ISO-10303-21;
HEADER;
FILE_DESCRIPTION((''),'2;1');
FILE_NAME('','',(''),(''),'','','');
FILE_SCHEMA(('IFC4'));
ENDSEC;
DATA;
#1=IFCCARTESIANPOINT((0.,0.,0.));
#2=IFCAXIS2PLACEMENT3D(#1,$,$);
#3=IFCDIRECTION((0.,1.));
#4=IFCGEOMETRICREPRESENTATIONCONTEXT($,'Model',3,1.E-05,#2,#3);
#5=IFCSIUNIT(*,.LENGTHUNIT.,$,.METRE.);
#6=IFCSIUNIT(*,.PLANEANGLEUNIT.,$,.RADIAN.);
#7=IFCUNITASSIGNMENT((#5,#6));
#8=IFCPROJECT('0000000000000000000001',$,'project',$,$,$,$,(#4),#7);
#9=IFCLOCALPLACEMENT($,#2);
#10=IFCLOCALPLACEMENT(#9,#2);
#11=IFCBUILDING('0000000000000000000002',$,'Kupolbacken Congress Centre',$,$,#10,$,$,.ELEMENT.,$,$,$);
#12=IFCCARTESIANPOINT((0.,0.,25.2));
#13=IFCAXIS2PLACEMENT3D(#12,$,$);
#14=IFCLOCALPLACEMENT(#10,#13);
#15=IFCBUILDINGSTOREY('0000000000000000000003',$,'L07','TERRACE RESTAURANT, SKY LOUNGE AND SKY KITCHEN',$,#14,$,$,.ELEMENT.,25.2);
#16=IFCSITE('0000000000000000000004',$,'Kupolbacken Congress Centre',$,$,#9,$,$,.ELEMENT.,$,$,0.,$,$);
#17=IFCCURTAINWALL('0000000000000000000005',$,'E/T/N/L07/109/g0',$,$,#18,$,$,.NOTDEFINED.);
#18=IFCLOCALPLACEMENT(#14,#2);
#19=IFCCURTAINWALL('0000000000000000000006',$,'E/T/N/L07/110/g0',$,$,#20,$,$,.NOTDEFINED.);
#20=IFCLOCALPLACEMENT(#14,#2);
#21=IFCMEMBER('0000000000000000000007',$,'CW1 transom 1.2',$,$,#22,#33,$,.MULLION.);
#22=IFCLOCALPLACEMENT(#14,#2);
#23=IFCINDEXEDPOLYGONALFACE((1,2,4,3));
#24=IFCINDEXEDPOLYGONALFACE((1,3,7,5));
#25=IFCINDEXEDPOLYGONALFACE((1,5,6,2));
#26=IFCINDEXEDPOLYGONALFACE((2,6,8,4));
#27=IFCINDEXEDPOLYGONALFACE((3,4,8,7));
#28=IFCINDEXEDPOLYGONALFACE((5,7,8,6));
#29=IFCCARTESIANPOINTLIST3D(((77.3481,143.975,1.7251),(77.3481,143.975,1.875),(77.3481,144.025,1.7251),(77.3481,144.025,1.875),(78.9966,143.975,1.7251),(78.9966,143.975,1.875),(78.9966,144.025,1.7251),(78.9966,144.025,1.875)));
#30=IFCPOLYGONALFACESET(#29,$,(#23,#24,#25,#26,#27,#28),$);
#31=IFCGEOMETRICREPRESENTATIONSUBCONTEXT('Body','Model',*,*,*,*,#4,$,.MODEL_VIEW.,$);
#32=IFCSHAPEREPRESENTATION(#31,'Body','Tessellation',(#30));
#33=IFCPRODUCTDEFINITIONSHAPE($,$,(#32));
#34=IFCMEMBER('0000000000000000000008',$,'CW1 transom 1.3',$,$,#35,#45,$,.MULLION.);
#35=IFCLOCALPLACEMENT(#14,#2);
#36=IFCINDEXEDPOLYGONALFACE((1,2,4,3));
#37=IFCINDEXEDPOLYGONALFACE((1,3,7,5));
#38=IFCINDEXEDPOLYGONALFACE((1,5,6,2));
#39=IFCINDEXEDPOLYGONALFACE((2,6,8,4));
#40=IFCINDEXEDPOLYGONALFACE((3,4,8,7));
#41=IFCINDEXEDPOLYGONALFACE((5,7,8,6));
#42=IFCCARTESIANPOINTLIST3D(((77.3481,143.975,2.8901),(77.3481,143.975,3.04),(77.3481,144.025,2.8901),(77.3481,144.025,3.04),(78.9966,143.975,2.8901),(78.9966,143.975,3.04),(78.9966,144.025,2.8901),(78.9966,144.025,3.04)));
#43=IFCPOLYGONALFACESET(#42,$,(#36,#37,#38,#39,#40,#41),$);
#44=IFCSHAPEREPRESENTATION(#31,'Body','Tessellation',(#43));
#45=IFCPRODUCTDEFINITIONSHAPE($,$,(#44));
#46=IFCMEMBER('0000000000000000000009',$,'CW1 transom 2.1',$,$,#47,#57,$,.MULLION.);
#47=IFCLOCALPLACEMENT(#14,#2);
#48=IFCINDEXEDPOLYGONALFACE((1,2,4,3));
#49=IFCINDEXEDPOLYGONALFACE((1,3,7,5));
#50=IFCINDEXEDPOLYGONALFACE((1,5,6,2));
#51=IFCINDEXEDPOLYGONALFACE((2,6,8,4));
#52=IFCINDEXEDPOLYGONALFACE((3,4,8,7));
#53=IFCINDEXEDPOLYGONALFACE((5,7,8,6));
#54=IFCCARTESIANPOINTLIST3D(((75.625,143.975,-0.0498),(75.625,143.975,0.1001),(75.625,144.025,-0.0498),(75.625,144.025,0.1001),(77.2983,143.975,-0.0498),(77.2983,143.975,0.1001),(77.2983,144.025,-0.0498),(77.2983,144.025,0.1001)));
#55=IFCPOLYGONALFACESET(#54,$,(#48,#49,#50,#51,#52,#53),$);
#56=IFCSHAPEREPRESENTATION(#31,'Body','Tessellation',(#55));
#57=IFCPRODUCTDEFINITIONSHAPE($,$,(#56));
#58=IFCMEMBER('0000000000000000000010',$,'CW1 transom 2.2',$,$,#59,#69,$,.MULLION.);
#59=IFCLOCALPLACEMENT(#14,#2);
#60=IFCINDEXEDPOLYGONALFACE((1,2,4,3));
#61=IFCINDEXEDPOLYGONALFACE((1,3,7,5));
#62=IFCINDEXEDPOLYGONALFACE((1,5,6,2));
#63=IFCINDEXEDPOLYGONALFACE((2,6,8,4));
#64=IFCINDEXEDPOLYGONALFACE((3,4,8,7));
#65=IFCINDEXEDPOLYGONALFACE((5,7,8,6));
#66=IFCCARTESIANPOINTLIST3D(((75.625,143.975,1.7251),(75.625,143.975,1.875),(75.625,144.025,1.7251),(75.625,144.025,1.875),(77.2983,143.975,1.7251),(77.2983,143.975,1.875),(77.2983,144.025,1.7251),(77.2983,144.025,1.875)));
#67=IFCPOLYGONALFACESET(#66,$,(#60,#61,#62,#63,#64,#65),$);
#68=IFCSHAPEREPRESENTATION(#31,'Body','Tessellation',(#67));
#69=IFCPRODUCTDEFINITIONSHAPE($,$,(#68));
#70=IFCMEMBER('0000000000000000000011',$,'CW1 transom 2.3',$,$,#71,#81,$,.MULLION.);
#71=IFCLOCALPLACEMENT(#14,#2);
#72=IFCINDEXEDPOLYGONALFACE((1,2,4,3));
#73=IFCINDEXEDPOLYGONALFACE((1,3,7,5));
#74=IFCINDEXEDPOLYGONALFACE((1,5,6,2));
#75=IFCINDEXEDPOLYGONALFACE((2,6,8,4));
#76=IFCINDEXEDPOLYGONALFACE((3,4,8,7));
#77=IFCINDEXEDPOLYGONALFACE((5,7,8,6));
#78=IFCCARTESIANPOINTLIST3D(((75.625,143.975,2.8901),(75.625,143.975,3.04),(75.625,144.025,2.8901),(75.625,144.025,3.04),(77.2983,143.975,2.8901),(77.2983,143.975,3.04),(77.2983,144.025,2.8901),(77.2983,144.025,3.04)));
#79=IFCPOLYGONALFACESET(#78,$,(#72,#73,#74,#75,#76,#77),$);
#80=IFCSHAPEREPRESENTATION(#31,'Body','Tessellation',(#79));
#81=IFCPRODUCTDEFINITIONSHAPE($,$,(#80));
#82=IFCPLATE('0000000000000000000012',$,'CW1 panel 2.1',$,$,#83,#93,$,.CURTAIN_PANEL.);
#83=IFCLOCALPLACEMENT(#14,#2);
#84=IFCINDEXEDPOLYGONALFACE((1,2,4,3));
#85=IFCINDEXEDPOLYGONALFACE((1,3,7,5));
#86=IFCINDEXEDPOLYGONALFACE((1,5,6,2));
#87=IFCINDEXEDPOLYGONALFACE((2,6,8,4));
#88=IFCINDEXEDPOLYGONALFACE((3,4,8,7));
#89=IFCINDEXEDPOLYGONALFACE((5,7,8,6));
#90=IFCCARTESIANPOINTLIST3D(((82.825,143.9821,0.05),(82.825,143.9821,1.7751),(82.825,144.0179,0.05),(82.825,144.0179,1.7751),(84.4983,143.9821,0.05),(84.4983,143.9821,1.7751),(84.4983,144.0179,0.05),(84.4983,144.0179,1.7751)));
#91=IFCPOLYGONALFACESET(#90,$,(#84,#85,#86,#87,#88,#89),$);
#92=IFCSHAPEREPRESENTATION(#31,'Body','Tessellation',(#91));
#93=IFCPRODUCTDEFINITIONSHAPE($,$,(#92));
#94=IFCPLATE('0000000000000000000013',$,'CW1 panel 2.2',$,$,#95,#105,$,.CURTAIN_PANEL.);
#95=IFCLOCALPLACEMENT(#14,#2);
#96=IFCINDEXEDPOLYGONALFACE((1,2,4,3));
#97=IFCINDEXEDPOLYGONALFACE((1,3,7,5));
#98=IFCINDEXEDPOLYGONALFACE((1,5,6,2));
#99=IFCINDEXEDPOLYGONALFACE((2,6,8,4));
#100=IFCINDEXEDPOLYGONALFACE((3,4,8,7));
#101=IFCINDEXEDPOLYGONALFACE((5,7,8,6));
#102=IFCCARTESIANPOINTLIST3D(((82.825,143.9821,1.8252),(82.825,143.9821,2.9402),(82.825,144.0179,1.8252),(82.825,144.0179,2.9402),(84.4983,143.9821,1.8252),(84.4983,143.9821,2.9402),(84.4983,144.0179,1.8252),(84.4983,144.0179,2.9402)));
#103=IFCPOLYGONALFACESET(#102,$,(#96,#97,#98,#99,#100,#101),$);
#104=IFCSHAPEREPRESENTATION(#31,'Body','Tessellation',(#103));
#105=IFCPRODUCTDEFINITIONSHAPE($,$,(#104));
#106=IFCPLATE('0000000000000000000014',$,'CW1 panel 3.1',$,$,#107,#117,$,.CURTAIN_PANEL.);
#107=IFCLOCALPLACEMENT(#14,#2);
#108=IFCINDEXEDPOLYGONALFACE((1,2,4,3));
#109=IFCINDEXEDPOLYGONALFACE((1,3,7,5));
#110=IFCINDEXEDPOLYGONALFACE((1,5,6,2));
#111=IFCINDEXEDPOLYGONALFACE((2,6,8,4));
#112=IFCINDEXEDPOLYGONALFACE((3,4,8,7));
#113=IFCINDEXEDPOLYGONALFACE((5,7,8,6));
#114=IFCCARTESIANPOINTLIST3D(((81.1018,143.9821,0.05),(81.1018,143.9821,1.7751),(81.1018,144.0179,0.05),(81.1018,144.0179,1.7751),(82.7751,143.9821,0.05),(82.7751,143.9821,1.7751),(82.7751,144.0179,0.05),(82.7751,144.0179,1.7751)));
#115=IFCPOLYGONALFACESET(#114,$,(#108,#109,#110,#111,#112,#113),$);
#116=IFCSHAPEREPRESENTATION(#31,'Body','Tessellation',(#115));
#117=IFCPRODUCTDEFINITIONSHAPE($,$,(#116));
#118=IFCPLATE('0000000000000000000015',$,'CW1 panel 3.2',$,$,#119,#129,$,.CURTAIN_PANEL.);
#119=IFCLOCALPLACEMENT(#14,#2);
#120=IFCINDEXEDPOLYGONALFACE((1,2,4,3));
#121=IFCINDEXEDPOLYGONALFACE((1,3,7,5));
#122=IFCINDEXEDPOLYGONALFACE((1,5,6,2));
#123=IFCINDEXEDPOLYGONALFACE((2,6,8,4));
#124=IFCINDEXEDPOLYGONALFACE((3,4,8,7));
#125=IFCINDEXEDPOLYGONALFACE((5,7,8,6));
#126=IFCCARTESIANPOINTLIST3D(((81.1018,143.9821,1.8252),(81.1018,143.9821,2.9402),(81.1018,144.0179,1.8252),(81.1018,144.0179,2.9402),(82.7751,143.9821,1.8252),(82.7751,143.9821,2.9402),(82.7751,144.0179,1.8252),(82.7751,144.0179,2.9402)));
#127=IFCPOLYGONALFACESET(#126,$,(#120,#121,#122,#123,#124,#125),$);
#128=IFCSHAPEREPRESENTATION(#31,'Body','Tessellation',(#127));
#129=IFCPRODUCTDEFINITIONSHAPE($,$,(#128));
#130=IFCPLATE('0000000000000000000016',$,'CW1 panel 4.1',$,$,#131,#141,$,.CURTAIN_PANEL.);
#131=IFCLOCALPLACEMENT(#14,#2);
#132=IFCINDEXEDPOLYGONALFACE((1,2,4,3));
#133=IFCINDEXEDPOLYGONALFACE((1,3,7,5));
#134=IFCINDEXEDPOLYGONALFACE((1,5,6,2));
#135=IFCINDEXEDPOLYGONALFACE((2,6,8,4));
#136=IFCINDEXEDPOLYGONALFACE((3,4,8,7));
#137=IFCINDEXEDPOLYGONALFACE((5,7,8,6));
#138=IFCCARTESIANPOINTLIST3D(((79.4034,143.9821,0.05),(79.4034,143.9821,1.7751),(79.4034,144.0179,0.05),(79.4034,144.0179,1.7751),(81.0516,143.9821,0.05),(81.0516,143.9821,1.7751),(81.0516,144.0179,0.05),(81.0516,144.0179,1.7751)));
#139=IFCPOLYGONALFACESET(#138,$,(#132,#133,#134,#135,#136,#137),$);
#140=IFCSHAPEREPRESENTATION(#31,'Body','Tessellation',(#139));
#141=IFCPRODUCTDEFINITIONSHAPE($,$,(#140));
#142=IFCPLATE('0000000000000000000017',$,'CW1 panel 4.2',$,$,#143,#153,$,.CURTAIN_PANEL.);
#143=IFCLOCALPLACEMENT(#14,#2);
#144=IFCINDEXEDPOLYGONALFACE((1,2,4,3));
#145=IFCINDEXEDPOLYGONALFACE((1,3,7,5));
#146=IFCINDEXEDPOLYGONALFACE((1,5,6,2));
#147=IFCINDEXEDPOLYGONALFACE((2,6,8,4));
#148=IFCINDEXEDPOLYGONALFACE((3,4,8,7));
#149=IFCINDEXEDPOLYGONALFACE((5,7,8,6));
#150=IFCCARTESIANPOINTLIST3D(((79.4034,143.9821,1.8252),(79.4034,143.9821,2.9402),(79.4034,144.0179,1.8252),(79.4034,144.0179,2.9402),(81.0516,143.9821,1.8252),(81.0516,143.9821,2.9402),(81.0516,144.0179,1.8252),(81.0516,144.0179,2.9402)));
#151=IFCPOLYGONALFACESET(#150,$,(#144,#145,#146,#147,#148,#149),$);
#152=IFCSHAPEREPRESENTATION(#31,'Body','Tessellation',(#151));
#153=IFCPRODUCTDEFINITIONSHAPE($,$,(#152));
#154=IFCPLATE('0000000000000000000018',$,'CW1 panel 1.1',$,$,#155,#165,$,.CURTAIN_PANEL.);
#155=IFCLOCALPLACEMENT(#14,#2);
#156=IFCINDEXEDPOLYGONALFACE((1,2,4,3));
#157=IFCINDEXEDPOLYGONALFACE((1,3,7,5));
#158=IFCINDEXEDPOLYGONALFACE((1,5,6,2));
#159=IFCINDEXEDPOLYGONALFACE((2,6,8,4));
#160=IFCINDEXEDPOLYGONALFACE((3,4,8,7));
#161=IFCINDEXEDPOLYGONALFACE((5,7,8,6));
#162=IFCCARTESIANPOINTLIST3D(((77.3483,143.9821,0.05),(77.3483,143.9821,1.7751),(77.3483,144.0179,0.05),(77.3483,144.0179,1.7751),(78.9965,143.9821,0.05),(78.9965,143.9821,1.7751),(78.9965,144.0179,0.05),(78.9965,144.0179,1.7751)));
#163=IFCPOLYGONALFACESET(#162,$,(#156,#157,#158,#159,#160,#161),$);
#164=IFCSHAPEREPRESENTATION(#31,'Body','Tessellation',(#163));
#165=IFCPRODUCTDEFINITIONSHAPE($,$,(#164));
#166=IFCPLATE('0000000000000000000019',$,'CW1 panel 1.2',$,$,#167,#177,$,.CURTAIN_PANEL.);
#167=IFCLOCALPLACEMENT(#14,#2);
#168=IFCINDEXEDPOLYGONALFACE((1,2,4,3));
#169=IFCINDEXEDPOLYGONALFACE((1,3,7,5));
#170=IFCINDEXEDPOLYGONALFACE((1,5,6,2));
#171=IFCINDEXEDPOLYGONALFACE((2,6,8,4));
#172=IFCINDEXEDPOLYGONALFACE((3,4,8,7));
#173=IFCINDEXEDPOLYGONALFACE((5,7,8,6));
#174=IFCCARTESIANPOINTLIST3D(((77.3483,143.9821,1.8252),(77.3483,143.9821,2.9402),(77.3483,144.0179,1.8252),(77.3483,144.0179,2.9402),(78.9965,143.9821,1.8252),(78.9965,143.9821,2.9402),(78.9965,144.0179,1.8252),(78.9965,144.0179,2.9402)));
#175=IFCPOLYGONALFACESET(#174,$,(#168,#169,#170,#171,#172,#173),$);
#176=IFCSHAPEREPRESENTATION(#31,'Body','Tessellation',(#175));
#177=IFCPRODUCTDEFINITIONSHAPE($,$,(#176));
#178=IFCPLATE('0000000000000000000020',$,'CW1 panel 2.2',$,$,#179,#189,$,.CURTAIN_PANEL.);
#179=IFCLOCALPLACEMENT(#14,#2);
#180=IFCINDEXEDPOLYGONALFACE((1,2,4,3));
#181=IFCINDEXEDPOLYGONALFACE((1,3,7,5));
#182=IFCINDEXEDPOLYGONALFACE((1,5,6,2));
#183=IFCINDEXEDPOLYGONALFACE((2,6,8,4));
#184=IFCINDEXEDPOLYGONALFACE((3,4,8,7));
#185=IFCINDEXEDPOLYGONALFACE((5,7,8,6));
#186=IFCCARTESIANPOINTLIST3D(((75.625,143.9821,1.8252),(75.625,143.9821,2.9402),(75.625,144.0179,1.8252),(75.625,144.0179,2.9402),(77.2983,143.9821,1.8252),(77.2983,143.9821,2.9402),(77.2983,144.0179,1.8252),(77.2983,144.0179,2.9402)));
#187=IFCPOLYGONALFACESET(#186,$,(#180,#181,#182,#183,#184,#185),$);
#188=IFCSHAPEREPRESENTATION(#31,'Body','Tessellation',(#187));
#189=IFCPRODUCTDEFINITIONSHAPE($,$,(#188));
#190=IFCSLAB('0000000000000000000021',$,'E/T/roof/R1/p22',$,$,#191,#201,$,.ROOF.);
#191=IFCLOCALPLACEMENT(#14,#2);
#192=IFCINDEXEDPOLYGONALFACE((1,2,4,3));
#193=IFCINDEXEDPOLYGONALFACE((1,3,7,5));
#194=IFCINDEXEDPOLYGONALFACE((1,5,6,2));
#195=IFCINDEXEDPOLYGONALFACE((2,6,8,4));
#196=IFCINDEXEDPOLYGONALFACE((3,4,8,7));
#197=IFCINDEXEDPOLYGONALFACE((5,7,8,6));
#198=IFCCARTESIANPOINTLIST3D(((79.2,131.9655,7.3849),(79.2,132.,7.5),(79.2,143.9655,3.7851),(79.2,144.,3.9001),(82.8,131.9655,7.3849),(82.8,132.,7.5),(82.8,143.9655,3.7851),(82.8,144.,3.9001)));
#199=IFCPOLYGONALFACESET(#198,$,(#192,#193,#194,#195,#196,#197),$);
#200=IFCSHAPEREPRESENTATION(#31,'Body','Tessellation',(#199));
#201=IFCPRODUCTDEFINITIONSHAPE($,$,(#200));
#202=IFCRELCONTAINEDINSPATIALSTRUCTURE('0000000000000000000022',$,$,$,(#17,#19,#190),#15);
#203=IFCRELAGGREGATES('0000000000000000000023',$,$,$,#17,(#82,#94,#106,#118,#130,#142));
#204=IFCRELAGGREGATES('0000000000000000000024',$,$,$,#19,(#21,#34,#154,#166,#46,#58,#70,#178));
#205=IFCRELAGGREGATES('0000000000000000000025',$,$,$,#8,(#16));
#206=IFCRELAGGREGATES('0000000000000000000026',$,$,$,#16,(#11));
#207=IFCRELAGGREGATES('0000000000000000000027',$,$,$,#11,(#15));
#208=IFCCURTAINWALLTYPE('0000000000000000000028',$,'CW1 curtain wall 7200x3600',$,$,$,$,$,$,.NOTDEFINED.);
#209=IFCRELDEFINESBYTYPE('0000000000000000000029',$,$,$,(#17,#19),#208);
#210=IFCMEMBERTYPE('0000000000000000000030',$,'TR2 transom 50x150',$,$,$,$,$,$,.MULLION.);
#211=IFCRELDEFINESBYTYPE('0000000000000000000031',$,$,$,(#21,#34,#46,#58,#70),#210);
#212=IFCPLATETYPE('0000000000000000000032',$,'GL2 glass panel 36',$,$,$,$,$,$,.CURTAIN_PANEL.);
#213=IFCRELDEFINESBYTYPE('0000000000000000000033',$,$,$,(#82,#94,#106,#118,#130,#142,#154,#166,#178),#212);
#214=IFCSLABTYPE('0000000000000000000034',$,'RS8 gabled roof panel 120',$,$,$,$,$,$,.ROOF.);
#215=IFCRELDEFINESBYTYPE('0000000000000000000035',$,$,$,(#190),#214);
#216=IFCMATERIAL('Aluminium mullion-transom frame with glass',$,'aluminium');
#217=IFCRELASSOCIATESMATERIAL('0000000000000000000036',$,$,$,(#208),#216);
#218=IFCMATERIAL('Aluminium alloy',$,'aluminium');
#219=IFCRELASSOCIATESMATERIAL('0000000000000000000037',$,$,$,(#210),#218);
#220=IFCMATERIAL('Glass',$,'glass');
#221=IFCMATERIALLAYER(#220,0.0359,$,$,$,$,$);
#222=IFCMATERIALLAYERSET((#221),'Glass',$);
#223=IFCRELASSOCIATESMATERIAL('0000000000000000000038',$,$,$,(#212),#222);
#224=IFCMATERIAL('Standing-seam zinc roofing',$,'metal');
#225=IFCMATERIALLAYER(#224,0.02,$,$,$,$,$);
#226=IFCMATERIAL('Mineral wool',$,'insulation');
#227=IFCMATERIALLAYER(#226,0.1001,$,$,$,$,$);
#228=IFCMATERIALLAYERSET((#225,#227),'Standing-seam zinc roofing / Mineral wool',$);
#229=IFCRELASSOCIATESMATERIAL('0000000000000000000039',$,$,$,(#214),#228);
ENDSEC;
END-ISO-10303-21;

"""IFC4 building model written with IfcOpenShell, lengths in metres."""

from ifc_helpers import new_model, si_unit, direction, frame, origin, origin_2d, place, context, subcontext, project, spatial, polyline, rectangle, outline, extrude, material, layer, layer_set, material_profile, profile_set, type_object, element, aggregate, save


model = new_model("IFC4")

# Units and contexts
model_context = context("Model", 3, precision=1e-05, world=origin(), true_north=direction((0.0, 1.0)))
body_context = subcontext(model_context, "Body", "Model", "MODEL_VIEW")
ifc_project = project(units=[si_unit("LENGTHUNIT", "METRE"), si_unit("PLANEANGLEUNIT", "RADIAN")], contexts=[model_context])

# Site, building, storey
site_placement = place(None, origin())
site = spatial("IfcSite", under=ifc_project, at=site_placement, Name="Kupolbacken Congress Centre", CompositionType="ELEMENT", RefElevation=0.0)
building_placement = place(site_placement, origin())
building = spatial("IfcBuilding", under=site, at=building_placement, Name="Kupolbacken Congress Centre", CompositionType="ELEMENT")
storey_placement = place(building_placement, frame((0.0, 0.0, 25.2)))
storey = spatial("IfcBuildingStorey", under=building, at=storey_placement, Name="L07", Description="TERRACE RESTAURANT, SKY LOUNGE AND SKY KITCHEN", CompositionType="ELEMENT", Elevation=25.2)

# Curtain walls
ifc_material_1 = material(Name="Aluminium mullion-transom frame with glass", Category="aluminium")
curtain_wall_type = type_object("IfcCurtainWallType", Name="CW1 curtain wall 7200x3600", PredefinedType="NOTDEFINED", material=ifc_material_1)
curtain_wall_1_placement = place(storey_placement, origin())
curtain_wall_1 = element("IfcCurtainWall", 1, at=curtain_wall_1_placement, inside=storey, type_object=curtain_wall_type, Name="E/T/N/L07/109/g0", PredefinedType="NOTDEFINED")
curtain_wall_2_placement = place(storey_placement, origin())
curtain_wall_2 = element("IfcCurtainWall", 2, at=curtain_wall_2_placement, inside=storey, type_object=curtain_wall_type, Name="E/T/N/L07/110/g0", PredefinedType="NOTDEFINED")

# Members
ifc_material_2 = material(Name="Aluminium alloy", Category="aluminium")
ifc_material_profile_1 = material_profile(ifc_material_2, rectangle(XDim=0.05, YDim=0.1499, at=origin_2d()), Name="50 x 150")
ifc_profile_set_1 = profile_set([ifc_material_profile_1], Name="Aluminium alloy")
member_type_1 = type_object("IfcMemberType", Name="TR2 transom 50x150", PredefinedType="MULLION", material=ifc_profile_set_1)
member_1_placement = place(storey_placement, frame((78.9966, 144.0, 1.8), z_axis=(-1.0, 0.0, 0.0), x_axis=(0.0, -1.0, 0.0)))
member_1 = element("IfcMember", 3, at=member_1_placement, type_object=member_type_1, Name="CW1 transom 1.2", PredefinedType="MULLION", context=body_context, shape_type="SweptSolid", body=[
    extrude(rectangle(XDim=0.05, YDim=0.1499, at=origin_2d()), origin(), (0.0, 0.0, 1.0), 1.6484),
])
member_2_placement = place(storey_placement, frame((78.9966, 144.0, 2.9651), z_axis=(-1.0, 0.0, 0.0), x_axis=(0.0, -1.0, 0.0)))
member_2 = element("IfcMember", 4, at=member_2_placement, type_object=member_type_1, Name="CW1 transom 1.3", PredefinedType="MULLION", context=body_context, shape_type="SweptSolid", body=[
    extrude(rectangle(XDim=0.05, YDim=0.1499, at=origin_2d()), origin(), (0.0, 0.0, 1.0), 1.6484),
])
member_3_placement = place(storey_placement, frame((77.2983, 144.0, 0.0251), z_axis=(-1.0, 0.0, 0.0), x_axis=(0.0, -1.0, 0.0)))
member_3 = element("IfcMember", 5, at=member_3_placement, type_object=member_type_1, Name="CW1 transom 2.1", PredefinedType="MULLION", context=body_context, shape_type="SweptSolid", body=[
    extrude(rectangle(XDim=0.05, YDim=0.1499, at=origin_2d()), origin(), (0.0, 0.0, 1.0), 1.6733),
])
member_4_placement = place(storey_placement, frame((77.2983, 144.0, 1.8), z_axis=(-1.0, 0.0, 0.0), x_axis=(0.0, -1.0, 0.0)))
member_4 = element("IfcMember", 6, at=member_4_placement, type_object=member_type_1, Name="CW1 transom 2.2", PredefinedType="MULLION", context=body_context, shape_type="SweptSolid", body=[
    extrude(rectangle(XDim=0.05, YDim=0.1499, at=origin_2d()), origin(), (0.0, 0.0, 1.0), 1.6733),
])
member_5_placement = place(storey_placement, frame((77.2983, 144.0, 2.9651), z_axis=(-1.0, 0.0, 0.0), x_axis=(0.0, -1.0, 0.0)))
member_5 = element("IfcMember", 7, at=member_5_placement, type_object=member_type_1, Name="CW1 transom 2.3", PredefinedType="MULLION", context=body_context, shape_type="SweptSolid", body=[
    extrude(rectangle(XDim=0.05, YDim=0.1499, at=origin_2d()), origin(), (0.0, 0.0, 1.0), 1.6733),
])

# Plates
ifc_material_3 = material(Name="Glass", Category="glass")
ifc_layer_1 = layer(ifc_material_3, 0.0359)
ifc_layer_set_1 = layer_set([ifc_layer_1], Name="Glass")
plate_type = type_object("IfcPlateType", Name="GL2 glass panel 36", PredefinedType="CURTAIN_PANEL", material=ifc_layer_set_1)
plate_1_placement = place(storey_placement, frame((83.6616, 144.0, 0.05), z_axis=(0.0, 0.0, 1.0), x_axis=(-1.0, 0.0, 0.0)))
plate_1 = element("IfcPlate", 8, at=plate_1_placement, type_object=plate_type, Name="CW1 panel 2.1", PredefinedType="CURTAIN_PANEL", context=body_context, shape_type="SweptSolid", body=[
    extrude(rectangle(XDim=1.6733, YDim=0.0359, at=origin_2d()), origin(), (0.0, 0.0, 1.0), 1.7251),
])
plate_2_placement = place(storey_placement, frame((83.6616, 144.0, 1.8252), z_axis=(0.0, 0.0, 1.0), x_axis=(-1.0, 0.0, 0.0)))
plate_2 = element("IfcPlate", 9, at=plate_2_placement, type_object=plate_type, Name="CW1 panel 2.2", PredefinedType="CURTAIN_PANEL", context=body_context, shape_type="SweptSolid", body=[
    extrude(rectangle(XDim=1.6733, YDim=0.0359, at=origin_2d()), origin(), (0.0, 0.0, 1.0), 1.115),
])
plate_3_placement = place(storey_placement, frame((81.9385, 144.0, 0.05), z_axis=(0.0, 0.0, 1.0), x_axis=(-1.0, 0.0, 0.0)))
plate_3 = element("IfcPlate", 10, at=plate_3_placement, type_object=plate_type, Name="CW1 panel 3.1", PredefinedType="CURTAIN_PANEL", context=body_context, shape_type="SweptSolid", body=[
    extrude(rectangle(XDim=1.6733, YDim=0.0359, at=origin_2d()), origin(), (0.0, 0.0, 1.0), 1.7251),
])
plate_4_placement = place(storey_placement, frame((81.9385, 144.0, 1.8252), z_axis=(0.0, 0.0, 1.0), x_axis=(-1.0, 0.0, 0.0)))
plate_4 = element("IfcPlate", 11, at=plate_4_placement, type_object=plate_type, Name="CW1 panel 3.2", PredefinedType="CURTAIN_PANEL", context=body_context, shape_type="SweptSolid", body=[
    extrude(rectangle(XDim=1.6733, YDim=0.0359, at=origin_2d()), origin(), (0.0, 0.0, 1.0), 1.115),
])
plate_5_placement = place(storey_placement, frame((80.2275, 144.0, 0.05), z_axis=(0.0, 0.0, 1.0), x_axis=(-1.0, 0.0, 0.0)))
plate_5 = element("IfcPlate", 12, at=plate_5_placement, type_object=plate_type, Name="CW1 panel 4.1", PredefinedType="CURTAIN_PANEL", context=body_context, shape_type="SweptSolid", body=[
    extrude(rectangle(XDim=1.6482, YDim=0.0359, at=origin_2d()), origin(), (0.0, 0.0, 1.0), 1.7251),
])
plate_6_placement = place(storey_placement, frame((80.2275, 144.0, 1.8252), z_axis=(0.0, 0.0, 1.0), x_axis=(-1.0, 0.0, 0.0)))
plate_6 = element("IfcPlate", 13, at=plate_6_placement, type_object=plate_type, Name="CW1 panel 4.2", PredefinedType="CURTAIN_PANEL", context=body_context, shape_type="SweptSolid", body=[
    extrude(rectangle(XDim=1.6482, YDim=0.0359, at=origin_2d()), origin(), (0.0, 0.0, 1.0), 1.115),
])
aggregate(curtain_wall_1, [plate_1, plate_2, plate_3, plate_4, plate_5, plate_6])
plate_7_placement = place(storey_placement, frame((78.1724, 144.0, 0.05), z_axis=(0.0, 0.0, 1.0), x_axis=(-1.0, 0.0, 0.0)))
plate_7 = element("IfcPlate", 14, at=plate_7_placement, type_object=plate_type, Name="CW1 panel 1.1", PredefinedType="CURTAIN_PANEL", context=body_context, shape_type="SweptSolid", body=[
    extrude(rectangle(XDim=1.6482, YDim=0.0359, at=origin_2d()), origin(), (0.0, 0.0, 1.0), 1.7251),
])
plate_8_placement = place(storey_placement, frame((78.1724, 144.0, 1.8252), z_axis=(0.0, 0.0, 1.0), x_axis=(-1.0, 0.0, 0.0)))
plate_8 = element("IfcPlate", 15, at=plate_8_placement, type_object=plate_type, Name="CW1 panel 1.2", PredefinedType="CURTAIN_PANEL", context=body_context, shape_type="SweptSolid", body=[
    extrude(rectangle(XDim=1.6482, YDim=0.0359, at=origin_2d()), origin(), (0.0, 0.0, 1.0), 1.115),
])
plate_9_placement = place(storey_placement, frame((76.4617, 144.0, 1.8252), z_axis=(0.0, 0.0, 1.0), x_axis=(-1.0, 0.0, 0.0)))
plate_9 = element("IfcPlate", 16, at=plate_9_placement, type_object=plate_type, Name="CW1 panel 2.2", PredefinedType="CURTAIN_PANEL", context=body_context, shape_type="SweptSolid", body=[
    extrude(rectangle(XDim=1.6733, YDim=0.0359, at=origin_2d()), origin(), (0.0, 0.0, 1.0), 1.115),
])
aggregate(curtain_wall_2, [member_1, member_2, plate_7, plate_8, member_3, member_4, member_5, plate_9])

# Slab
ifc_material_4 = material(Name="Standing-seam zinc roofing", Category="metal")
ifc_layer_2 = layer(ifc_material_4, 0.02)
ifc_material_5 = material(Name="Mineral wool", Category="insulation")
ifc_layer_3 = layer(ifc_material_5, 0.1001)
ifc_layer_set_2 = layer_set([ifc_layer_2, ifc_layer_3], Name="Standing-seam zinc roofing / Mineral wool")
slab_type = type_object("IfcSlabType", Name="RS8 gabled roof panel 120", PredefinedType="ROOF", material=ifc_layer_set_2)
slab_1_placement = place(storey_placement, frame((79.2, 144.0, 3.9001), z_axis=(0.0, 0.287337, 0.95783), x_axis=(1.0, 0.0, 0.0)))
element("IfcSlab", 17, at=slab_1_placement, inside=storey, type_object=slab_type, Name="E/T/roof/R1/p22", PredefinedType="ROOF", context=body_context, shape_type="SweptSolid", body=[
    extrude(outline(polyline([(0.0, 0.0), (3.6001, 0.0), (3.6001, -12.5283), (0.0, -12.5283), (0.0, 0.0)])), origin(), (0.0, 0.0, -1.0), 0.1201),
])

save(model, "model.ifc")
